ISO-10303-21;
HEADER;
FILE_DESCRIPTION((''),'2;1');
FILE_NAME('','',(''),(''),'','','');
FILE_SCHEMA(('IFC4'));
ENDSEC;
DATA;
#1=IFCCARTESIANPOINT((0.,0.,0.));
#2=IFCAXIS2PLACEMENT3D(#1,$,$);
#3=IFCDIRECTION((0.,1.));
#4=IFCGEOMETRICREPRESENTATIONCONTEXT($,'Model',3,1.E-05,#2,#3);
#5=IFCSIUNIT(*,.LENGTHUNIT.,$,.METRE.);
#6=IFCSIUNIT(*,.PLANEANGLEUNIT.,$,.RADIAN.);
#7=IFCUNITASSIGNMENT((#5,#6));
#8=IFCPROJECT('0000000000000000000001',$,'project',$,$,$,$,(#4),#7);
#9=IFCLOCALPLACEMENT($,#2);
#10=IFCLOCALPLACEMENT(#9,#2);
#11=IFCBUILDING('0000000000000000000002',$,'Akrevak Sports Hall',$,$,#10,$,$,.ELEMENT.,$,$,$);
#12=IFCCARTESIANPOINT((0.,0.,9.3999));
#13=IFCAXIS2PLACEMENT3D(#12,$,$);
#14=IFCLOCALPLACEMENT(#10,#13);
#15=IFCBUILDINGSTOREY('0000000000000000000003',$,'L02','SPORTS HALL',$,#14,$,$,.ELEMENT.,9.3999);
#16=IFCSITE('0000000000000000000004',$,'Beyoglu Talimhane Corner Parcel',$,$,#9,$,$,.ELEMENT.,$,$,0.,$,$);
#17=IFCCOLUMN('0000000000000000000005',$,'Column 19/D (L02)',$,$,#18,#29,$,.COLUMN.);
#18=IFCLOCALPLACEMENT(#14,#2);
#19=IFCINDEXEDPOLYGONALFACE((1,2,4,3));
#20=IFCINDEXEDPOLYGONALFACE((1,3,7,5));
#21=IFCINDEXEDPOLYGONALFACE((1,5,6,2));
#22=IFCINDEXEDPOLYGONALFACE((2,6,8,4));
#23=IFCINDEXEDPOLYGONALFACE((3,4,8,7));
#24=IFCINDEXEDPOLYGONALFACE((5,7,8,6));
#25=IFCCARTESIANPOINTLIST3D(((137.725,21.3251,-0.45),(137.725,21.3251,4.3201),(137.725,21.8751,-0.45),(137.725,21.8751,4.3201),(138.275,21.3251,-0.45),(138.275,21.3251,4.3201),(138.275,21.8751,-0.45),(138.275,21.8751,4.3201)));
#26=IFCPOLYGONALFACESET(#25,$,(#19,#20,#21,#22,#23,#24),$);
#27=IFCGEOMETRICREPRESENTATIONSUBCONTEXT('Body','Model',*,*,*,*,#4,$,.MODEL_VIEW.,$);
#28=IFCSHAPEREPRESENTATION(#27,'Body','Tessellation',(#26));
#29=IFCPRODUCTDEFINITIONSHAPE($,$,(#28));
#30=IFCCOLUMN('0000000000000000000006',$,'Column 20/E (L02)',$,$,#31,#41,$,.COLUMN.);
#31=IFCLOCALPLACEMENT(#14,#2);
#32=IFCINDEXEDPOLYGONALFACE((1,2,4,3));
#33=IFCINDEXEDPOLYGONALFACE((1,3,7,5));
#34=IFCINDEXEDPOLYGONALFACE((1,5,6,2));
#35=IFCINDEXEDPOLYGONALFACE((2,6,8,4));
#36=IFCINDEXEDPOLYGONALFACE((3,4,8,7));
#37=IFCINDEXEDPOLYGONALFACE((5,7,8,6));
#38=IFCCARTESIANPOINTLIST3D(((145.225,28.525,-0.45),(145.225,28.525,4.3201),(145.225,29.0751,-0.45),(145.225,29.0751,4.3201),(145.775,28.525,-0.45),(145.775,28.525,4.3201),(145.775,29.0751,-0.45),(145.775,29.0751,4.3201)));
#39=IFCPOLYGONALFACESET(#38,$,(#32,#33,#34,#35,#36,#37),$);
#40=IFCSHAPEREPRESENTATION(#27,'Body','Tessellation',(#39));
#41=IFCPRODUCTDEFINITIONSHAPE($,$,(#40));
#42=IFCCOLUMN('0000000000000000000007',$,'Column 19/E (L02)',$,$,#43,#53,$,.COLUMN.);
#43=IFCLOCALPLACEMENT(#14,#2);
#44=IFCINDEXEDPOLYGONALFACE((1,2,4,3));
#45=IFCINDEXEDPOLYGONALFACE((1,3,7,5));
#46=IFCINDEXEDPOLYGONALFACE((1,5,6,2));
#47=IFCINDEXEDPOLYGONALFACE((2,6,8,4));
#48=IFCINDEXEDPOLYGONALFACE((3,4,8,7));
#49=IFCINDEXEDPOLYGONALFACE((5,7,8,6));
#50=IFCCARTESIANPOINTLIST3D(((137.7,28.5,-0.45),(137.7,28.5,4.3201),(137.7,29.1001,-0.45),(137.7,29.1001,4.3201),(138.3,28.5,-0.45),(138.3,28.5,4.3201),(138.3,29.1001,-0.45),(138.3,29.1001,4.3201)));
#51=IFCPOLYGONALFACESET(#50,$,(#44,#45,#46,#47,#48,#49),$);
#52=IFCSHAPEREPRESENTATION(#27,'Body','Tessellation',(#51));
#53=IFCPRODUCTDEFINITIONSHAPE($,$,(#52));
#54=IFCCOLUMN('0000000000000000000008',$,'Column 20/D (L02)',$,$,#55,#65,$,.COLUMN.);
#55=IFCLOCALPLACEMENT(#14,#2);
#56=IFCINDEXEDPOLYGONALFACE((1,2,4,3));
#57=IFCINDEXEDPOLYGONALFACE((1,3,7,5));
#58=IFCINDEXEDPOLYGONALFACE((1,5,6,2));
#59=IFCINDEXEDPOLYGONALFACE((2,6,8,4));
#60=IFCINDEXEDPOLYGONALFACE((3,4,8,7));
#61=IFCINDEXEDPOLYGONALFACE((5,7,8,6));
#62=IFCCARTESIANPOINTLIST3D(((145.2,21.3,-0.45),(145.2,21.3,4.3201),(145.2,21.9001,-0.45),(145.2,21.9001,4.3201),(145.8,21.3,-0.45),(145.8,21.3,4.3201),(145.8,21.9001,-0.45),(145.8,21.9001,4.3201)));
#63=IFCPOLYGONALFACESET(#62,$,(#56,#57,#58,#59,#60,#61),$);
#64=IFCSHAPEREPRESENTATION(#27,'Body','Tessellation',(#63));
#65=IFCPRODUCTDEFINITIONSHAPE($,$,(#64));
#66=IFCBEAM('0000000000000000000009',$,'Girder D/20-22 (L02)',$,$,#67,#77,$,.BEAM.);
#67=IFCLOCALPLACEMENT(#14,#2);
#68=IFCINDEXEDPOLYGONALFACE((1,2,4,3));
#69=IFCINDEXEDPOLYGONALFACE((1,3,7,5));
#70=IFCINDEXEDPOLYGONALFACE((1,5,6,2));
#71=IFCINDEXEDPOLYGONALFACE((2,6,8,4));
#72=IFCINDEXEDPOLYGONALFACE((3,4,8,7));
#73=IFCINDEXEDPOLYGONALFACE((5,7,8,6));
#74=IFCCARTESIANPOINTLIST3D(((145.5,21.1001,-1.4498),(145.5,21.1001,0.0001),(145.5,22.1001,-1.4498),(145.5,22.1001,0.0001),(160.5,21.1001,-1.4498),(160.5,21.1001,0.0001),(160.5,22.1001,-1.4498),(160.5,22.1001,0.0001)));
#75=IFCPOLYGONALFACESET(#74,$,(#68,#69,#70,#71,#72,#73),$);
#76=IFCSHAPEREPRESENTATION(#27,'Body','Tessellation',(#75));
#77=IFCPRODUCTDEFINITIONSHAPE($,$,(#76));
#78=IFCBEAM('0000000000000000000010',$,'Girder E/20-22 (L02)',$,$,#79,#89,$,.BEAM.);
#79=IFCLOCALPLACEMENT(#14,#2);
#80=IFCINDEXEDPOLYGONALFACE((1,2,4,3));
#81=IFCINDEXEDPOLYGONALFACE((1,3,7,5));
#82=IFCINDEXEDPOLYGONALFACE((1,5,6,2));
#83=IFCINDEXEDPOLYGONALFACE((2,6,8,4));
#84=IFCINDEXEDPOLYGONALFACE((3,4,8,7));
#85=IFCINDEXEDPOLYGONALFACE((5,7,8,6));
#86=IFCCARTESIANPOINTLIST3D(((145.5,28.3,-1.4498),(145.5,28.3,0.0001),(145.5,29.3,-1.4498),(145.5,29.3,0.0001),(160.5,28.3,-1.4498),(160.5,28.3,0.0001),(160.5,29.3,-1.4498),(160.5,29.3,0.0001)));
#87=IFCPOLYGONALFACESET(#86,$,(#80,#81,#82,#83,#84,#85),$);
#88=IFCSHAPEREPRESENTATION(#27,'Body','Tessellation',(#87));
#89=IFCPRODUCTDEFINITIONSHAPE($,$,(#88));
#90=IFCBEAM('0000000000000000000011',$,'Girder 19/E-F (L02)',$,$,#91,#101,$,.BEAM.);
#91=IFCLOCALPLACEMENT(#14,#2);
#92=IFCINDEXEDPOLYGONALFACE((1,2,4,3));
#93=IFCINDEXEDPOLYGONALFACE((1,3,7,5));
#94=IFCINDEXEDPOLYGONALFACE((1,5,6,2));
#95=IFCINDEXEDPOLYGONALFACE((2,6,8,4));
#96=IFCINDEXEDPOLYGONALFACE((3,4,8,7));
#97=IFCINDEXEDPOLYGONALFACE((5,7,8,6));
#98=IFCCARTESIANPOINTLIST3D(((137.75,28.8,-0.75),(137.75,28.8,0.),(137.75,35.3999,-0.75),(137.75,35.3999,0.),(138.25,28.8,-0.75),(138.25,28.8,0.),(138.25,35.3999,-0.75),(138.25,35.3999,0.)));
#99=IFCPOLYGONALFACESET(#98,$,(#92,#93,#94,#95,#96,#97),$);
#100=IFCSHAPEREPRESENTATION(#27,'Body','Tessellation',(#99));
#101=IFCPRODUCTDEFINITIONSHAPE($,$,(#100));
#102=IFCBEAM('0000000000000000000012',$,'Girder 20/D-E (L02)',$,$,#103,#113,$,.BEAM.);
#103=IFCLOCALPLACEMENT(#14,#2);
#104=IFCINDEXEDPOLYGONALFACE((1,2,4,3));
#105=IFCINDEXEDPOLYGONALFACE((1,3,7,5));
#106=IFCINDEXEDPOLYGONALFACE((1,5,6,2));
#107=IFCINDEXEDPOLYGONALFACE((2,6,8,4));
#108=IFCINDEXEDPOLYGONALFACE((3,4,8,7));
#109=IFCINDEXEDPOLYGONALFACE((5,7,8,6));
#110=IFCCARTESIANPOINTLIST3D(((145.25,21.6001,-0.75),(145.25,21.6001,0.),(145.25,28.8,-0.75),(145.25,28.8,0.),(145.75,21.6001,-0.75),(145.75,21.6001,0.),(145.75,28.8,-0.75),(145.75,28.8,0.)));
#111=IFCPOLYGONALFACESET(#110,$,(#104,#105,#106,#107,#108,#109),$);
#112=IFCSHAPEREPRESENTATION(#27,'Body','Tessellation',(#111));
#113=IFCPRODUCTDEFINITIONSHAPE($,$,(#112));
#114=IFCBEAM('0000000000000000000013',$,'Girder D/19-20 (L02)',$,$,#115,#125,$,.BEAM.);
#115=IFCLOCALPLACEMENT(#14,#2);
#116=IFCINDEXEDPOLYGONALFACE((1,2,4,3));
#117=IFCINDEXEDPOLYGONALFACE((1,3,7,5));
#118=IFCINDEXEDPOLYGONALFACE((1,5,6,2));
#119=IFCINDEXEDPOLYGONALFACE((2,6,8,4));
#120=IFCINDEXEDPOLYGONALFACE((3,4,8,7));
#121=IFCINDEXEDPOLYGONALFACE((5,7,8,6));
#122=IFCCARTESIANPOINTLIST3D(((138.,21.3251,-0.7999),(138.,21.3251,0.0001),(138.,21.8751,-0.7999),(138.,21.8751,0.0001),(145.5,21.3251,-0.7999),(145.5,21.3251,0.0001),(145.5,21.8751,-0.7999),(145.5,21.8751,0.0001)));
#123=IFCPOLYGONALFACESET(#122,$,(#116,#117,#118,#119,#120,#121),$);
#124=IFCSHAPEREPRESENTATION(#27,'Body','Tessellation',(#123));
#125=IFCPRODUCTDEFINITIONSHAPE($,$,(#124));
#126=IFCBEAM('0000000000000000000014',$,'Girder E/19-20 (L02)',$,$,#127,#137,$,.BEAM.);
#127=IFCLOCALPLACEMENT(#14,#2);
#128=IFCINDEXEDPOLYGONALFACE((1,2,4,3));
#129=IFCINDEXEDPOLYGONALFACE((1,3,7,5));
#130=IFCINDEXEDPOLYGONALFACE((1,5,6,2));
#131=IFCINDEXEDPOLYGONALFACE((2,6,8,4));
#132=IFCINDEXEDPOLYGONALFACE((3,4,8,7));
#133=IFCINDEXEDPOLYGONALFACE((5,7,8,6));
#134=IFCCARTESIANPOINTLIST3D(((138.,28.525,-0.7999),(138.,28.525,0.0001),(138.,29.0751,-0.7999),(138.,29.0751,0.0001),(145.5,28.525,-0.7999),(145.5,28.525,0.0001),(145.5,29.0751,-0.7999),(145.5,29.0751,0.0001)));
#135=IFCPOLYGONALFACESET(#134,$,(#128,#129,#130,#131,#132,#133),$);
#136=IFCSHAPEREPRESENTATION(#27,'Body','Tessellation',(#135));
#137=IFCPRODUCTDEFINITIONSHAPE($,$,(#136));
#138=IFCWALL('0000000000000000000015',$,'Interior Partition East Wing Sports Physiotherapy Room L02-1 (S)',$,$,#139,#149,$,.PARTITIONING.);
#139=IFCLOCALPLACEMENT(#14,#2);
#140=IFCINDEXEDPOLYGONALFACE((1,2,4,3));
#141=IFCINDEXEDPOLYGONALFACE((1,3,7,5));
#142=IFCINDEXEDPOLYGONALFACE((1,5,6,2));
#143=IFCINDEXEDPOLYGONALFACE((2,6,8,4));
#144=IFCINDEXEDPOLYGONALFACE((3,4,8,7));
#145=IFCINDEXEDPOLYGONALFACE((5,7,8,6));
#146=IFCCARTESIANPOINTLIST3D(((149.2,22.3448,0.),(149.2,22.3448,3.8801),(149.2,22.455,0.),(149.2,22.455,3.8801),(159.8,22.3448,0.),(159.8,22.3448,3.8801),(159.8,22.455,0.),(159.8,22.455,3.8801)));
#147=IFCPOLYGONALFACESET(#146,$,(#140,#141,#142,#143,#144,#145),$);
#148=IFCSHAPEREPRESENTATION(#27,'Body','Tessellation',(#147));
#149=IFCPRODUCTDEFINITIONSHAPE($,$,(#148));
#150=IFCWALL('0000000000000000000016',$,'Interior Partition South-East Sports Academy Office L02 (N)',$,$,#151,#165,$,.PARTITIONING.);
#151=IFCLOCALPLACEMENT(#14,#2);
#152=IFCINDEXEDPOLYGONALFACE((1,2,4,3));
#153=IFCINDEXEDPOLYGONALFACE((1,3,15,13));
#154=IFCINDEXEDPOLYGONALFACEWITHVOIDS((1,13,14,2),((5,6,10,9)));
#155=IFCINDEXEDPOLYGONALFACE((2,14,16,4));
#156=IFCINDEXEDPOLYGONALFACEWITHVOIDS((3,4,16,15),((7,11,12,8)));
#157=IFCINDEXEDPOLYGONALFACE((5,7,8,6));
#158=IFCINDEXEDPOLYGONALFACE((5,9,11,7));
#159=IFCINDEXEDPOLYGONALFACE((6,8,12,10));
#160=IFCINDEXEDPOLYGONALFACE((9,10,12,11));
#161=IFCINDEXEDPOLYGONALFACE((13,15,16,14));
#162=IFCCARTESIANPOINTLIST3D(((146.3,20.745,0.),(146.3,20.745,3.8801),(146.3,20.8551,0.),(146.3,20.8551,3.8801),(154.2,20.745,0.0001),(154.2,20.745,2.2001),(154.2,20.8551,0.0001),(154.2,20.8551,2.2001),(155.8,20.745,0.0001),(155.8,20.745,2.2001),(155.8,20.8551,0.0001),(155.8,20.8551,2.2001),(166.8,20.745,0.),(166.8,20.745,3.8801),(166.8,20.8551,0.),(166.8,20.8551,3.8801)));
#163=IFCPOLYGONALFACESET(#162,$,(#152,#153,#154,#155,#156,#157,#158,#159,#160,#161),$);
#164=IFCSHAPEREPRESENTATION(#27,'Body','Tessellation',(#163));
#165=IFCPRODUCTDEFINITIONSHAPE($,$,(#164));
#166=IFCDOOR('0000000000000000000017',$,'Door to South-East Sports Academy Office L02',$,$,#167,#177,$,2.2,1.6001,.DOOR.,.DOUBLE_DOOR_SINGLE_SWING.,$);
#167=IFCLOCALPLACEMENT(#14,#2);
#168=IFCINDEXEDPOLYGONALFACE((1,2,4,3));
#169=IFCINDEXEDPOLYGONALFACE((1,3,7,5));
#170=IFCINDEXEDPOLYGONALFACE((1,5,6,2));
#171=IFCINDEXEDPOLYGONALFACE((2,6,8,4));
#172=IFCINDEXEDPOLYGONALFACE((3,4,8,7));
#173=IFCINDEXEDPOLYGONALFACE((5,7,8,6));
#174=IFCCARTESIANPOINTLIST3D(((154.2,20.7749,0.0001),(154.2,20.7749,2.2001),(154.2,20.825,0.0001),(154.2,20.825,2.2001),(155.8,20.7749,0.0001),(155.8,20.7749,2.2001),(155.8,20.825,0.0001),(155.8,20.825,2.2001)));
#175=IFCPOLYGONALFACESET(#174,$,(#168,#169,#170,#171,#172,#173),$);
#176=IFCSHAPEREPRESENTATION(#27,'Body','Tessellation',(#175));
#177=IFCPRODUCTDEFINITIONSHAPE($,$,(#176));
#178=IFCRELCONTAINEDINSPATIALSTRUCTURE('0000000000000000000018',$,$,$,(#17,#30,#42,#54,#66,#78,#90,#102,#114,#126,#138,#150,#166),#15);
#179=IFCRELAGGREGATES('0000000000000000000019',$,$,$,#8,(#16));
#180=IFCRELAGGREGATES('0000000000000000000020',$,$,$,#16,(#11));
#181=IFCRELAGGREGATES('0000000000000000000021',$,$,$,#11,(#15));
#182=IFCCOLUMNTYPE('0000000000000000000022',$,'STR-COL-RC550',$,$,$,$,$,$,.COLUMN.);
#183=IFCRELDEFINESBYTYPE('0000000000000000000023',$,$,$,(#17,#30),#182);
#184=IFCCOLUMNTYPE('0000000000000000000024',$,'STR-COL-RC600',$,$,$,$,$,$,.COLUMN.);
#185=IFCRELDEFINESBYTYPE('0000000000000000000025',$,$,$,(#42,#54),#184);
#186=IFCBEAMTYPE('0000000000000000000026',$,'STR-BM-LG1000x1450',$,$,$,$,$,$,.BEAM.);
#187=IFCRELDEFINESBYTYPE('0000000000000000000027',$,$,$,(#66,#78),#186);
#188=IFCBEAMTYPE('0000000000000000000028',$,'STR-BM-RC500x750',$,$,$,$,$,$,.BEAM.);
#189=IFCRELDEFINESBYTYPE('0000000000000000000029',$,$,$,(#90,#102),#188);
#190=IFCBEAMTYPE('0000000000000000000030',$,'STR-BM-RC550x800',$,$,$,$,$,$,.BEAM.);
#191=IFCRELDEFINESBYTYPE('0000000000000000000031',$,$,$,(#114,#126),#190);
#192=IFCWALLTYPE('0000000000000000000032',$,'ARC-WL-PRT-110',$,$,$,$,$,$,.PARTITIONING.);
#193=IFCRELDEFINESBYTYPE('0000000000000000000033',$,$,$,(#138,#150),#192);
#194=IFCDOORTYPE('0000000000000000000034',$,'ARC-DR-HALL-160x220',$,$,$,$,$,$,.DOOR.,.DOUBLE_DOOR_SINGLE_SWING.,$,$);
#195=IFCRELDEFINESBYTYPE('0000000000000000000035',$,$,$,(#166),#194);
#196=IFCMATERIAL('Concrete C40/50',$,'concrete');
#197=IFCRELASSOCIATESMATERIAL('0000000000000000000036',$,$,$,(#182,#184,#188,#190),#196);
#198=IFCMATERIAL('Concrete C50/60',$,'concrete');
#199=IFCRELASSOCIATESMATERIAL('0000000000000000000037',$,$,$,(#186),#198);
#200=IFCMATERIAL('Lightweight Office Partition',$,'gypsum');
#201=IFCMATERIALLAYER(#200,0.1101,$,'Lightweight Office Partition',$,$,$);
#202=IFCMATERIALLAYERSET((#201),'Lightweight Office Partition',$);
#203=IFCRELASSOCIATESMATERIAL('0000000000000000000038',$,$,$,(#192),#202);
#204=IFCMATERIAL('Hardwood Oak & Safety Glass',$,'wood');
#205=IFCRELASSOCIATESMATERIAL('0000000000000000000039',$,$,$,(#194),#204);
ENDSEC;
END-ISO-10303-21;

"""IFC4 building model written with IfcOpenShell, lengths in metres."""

from ifc_helpers import new_model, si_unit, direction, frame, frame_2d, origin, origin_2d, place, context, subcontext, project, spatial, rectangle, extrude, material, layer, layer_set, material_profile, profile_set, type_object, element, fill, save


model = new_model("IFC4")

# Units and contexts
model_context = context("Model", 3, precision=1e-05, world=origin(), true_north=direction((0.0, 1.0)))
body_context = subcontext(model_context, "Body", "Model", "MODEL_VIEW")
ifc_project = project(units=[si_unit("LENGTHUNIT", "METRE"), si_unit("PLANEANGLEUNIT", "RADIAN")], contexts=[model_context])

# Site, building, storey
site_placement = place(None, origin())
site = spatial("IfcSite", under=ifc_project, at=site_placement, Name="Beyoglu Talimhane Corner Parcel", CompositionType="ELEMENT", RefElevation=0.0)
building_placement = place(site_placement, origin())
building = spatial("IfcBuilding", under=site, at=building_placement, Name="Akrevak Sports Hall", CompositionType="ELEMENT")
storey_placement = place(building_placement, frame((0.0, 0.0, 9.3999)))
storey = spatial("IfcBuildingStorey", under=building, at=storey_placement, Name="L02", Description="SPORTS HALL", CompositionType="ELEMENT", Elevation=9.3999)

# Columns
ifc_material_1 = material(Name="Concrete C40/50", Category="concrete")
ifc_material_profile_1 = material_profile(ifc_material_1, rectangle(XDim=0.55, YDim=0.55, at=origin_2d()), Name="RC 550x550", Category="concrete")
ifc_profile_set_1 = profile_set([ifc_material_profile_1], Name="Concrete C40/50")
column_type_1 = type_object("IfcColumnType", Name="STR-COL-RC550", PredefinedType="COLUMN", material=ifc_profile_set_1)
for number, where, z_axis, x_axis, name in (
    (1, (138.0, 21.6001, -0.45), (0.0, 0.0, 1.0), (1.0, 0.0, 0.0), "Column 19/D (L02)"),
    (2, (145.5, 28.8, -0.45), (0.0, 0.0, 1.0), (1.0, 0.0, 0.0), "Column 20/E (L02)"),
):
    element("IfcColumn", number, at=place(storey_placement, frame(where, z_axis=z_axis, x_axis=x_axis)), inside=storey, type_object=column_type_1, Name=name, PredefinedType="COLUMN", context=body_context, shape_type="SweptSolid", body=[
        extrude(rectangle(XDim=0.55, YDim=0.55, at=origin_2d()), origin(), (0.0, 0.0, 1.0), 4.77),
    ])
ifc_material_profile_2 = material_profile(ifc_material_1, rectangle(XDim=0.6001, YDim=0.6001, at=origin_2d()), Name="RC 600x600", Category="concrete")
ifc_profile_set_2 = profile_set([ifc_material_profile_2], Name="Concrete C40/50")
column_type_2 = type_object("IfcColumnType", Name="STR-COL-RC600", PredefinedType="COLUMN", material=ifc_profile_set_2)
for number, where, z_axis, x_axis, name in (
    (3, (138.0, 28.8, -0.45), (0.0, 0.0, 1.0), (1.0, 0.0, 0.0), "Column 19/E (L02)"),
    (4, (145.5, 21.6001, -0.45), (0.0, 0.0, 1.0), (1.0, 0.0, 0.0), "Column 20/D (L02)"),
):
    element("IfcColumn", number, at=place(storey_placement, frame(where, z_axis=z_axis, x_axis=x_axis)), inside=storey, type_object=column_type_2, Name=name, PredefinedType="COLUMN", context=body_context, shape_type="SweptSolid", body=[
        extrude(rectangle(XDim=0.6001, YDim=0.6001, at=origin_2d()), origin(), (0.0, 0.0, 1.0), 4.77),
    ])

# Beams
ifc_material_2 = material(Name="Concrete C50/60", Category="concrete")
ifc_material_profile_3 = material_profile(ifc_material_2, rectangle(XDim=1.0, YDim=1.45, at=origin_2d()), Name="BM 1000x1450", Category="concrete")
ifc_profile_set_3 = profile_set([ifc_material_profile_3], Name="Concrete C50/60")
beam_type_1 = type_object("IfcBeamType", Name="STR-BM-LG1000x1450", PredefinedType="BEAM", material=ifc_profile_set_3)
for number, where, z_axis, x_axis, name in (
    (5, (145.5, 21.6001, -0.7249), (1.0, 0.0, 0.0), (0.0, 1.0, 0.0), "Girder D/20-22 (L02)"),
    (6, (145.5, 28.8, -0.7249), (1.0, 0.0, 0.0), (0.0, 1.0, 0.0), "Girder E/20-22 (L02)"),
):
    element("IfcBeam", number, at=place(storey_placement, frame(where, z_axis=z_axis, x_axis=x_axis)), inside=storey, type_object=beam_type_1, Name=name, PredefinedType="BEAM", context=body_context, shape_type="SweptSolid", body=[
        extrude(rectangle(XDim=1.0, YDim=1.45, at=origin_2d()), origin(), (0.0, 0.0, 1.0), 15.0),
    ])
ifc_material_profile_4 = material_profile(ifc_material_1, rectangle(XDim=0.5, YDim=0.75, at=origin_2d()), Name="BM 500x750", Category="concrete")
ifc_profile_set_4 = profile_set([ifc_material_profile_4], Name="Concrete C40/50")
beam_type_2 = type_object("IfcBeamType", Name="STR-BM-RC500x750", PredefinedType="BEAM", material=ifc_profile_set_4)
beam_1_placement = place(storey_placement, frame((138.0, 28.8, -0.375), z_axis=(0.0, 1.0, 0.0), x_axis=(-1.0, 0.0, 0.0)))
element("IfcBeam", 7, at=beam_1_placement, inside=storey, type_object=beam_type_2, Name="Girder 19/E-F (L02)", PredefinedType="BEAM", context=body_context, shape_type="SweptSolid", body=[
    extrude(rectangle(XDim=0.5, YDim=0.75, at=origin_2d()), origin(), (0.0, 0.0, 1.0), 6.5999),
])
beam_2_placement = place(storey_placement, frame((145.5, 21.6001, -0.375), z_axis=(0.0, 1.0, 0.0), x_axis=(-1.0, 0.0, 0.0)))
element("IfcBeam", 8, at=beam_2_placement, inside=storey, type_object=beam_type_2, Name="Girder 20/D-E (L02)", PredefinedType="BEAM", context=body_context, shape_type="SweptSolid", body=[
    extrude(rectangle(XDim=0.5, YDim=0.75, at=origin_2d()), origin(), (0.0, 0.0, 1.0), 7.2),
])
ifc_material_profile_5 = material_profile(ifc_material_1, rectangle(XDim=0.55, YDim=0.8, at=origin_2d()), Name="BM 550x800", Category="concrete")
ifc_profile_set_5 = profile_set([ifc_material_profile_5], Name="Concrete C40/50")
beam_type_3 = type_object("IfcBeamType", Name="STR-BM-RC550x800", PredefinedType="BEAM", material=ifc_profile_set_5)
for number, where, z_axis, x_axis, name in (
    (9, (138.0, 21.6001, -0.3999), (1.0, 0.0, 0.0), (0.0, 1.0, 0.0), "Girder D/19-20 (L02)"),
    (10, (138.0, 28.8, -0.3999), (1.0, 0.0, 0.0), (0.0, 1.0, 0.0), "Girder E/19-20 (L02)"),
):
    element("IfcBeam", number, at=place(storey_placement, frame(where, z_axis=z_axis, x_axis=x_axis)), inside=storey, type_object=beam_type_3, Name=name, PredefinedType="BEAM", context=body_context, shape_type="SweptSolid", body=[
        extrude(rectangle(XDim=0.55, YDim=0.8, at=origin_2d()), origin(), (0.0, 0.0, 1.0), 7.5),
    ])

# Wall
ifc_material_3 = material(Name="Lightweight Office Partition", Category="gypsum")
ifc_layer_1 = layer(ifc_material_3, 0.1101, Name="Lightweight Office Partition")
ifc_layer_set_1 = layer_set([ifc_layer_1], Name="Lightweight Office Partition")
wall_type_1 = type_object("IfcWallType", Name="ARC-WL-PRT-110", PredefinedType="PARTITIONING", material=ifc_layer_set_1)
wall_1_placement = place(storey_placement, frame((149.2, 22.3999, 0.0), z_axis=(0.0, 0.0, 1.0), x_axis=(1.0, 0.0, 0.0)))
element("IfcWall", 11, at=wall_1_placement, inside=storey, type_object=wall_type_1, Name="Interior Partition East Wing Sports Physiotherapy Room L02-1 (S)", PredefinedType="PARTITIONING", context=body_context, shape_type="SweptSolid", body=[
    extrude(rectangle(XDim=10.6001, YDim=0.1101, at=frame_2d((5.3, 0.0))), origin(), (0.0, 0.0, 1.0), 3.8801),
])

# Wall, opening, door
wall_2_placement = place(storey_placement, frame((146.3, 20.8, 0.0), z_axis=(0.0, 0.0, 1.0), x_axis=(1.0, 0.0, 0.0)))
wall_2 = element("IfcWall", 12, at=wall_2_placement, inside=storey, type_object=wall_type_1, Name="Interior Partition South-East Sports Academy Office L02 (N)", PredefinedType="PARTITIONING", context=body_context, shape_type="SweptSolid", body=[
    extrude(rectangle(XDim=20.5, YDim=0.1101, at=frame_2d((10.25, 0.0))), origin(), (0.0, 0.0, 1.0), 3.8801),
])
opening_1_placement = place(wall_2_placement, frame((7.8999, 0.0, 0.0)))
opening_1 = element("IfcOpeningElement", 13, at=opening_1_placement, cuts=wall_2, PredefinedType="OPENING", context=body_context, shape_type="SweptSolid", body=[
    extrude(rectangle(XDim=1.6001, YDim=2.2, at=frame_2d((0.8, 1.1001))), frame((0.0, 0.0669, 0.0), z_axis=(0.0, -1.0, 0.0), x_axis=(1.0, 0.0, 0.0)), (0.0, 0.0, 1.0), 0.134),
])
ifc_material_4 = material(Name="Hardwood Oak & Safety Glass", Category="wood")
door_type_1 = type_object("IfcDoorType", Name="ARC-DR-HALL-160x220", OperationType="DOUBLE_DOOR_SINGLE_SWING", PredefinedType="DOOR", material=ifc_material_4)
door_1_placement = place(opening_1_placement, origin())
door_1 = element("IfcDoor", 14, at=door_1_placement, inside=storey, type_object=door_type_1, Name="Door to South-East Sports Academy Office L02", OperationType="DOUBLE_DOOR_SINGLE_SWING", OverallHeight=2.2, OverallWidth=1.6001, PredefinedType="DOOR", context=body_context, shape_type="SweptSolid", body=[
    extrude(rectangle(XDim=1.6001, YDim=2.2, at=frame_2d((0.8, 1.1001))), frame((0.0, 0.0249, 0.0), z_axis=(0.0, -1.0, 0.0), x_axis=(1.0, 0.0, 0.0)), (0.0, 0.0, 1.0), 0.05),
])
fill(opening_1, door_1)

save(model, "model.ifc")
